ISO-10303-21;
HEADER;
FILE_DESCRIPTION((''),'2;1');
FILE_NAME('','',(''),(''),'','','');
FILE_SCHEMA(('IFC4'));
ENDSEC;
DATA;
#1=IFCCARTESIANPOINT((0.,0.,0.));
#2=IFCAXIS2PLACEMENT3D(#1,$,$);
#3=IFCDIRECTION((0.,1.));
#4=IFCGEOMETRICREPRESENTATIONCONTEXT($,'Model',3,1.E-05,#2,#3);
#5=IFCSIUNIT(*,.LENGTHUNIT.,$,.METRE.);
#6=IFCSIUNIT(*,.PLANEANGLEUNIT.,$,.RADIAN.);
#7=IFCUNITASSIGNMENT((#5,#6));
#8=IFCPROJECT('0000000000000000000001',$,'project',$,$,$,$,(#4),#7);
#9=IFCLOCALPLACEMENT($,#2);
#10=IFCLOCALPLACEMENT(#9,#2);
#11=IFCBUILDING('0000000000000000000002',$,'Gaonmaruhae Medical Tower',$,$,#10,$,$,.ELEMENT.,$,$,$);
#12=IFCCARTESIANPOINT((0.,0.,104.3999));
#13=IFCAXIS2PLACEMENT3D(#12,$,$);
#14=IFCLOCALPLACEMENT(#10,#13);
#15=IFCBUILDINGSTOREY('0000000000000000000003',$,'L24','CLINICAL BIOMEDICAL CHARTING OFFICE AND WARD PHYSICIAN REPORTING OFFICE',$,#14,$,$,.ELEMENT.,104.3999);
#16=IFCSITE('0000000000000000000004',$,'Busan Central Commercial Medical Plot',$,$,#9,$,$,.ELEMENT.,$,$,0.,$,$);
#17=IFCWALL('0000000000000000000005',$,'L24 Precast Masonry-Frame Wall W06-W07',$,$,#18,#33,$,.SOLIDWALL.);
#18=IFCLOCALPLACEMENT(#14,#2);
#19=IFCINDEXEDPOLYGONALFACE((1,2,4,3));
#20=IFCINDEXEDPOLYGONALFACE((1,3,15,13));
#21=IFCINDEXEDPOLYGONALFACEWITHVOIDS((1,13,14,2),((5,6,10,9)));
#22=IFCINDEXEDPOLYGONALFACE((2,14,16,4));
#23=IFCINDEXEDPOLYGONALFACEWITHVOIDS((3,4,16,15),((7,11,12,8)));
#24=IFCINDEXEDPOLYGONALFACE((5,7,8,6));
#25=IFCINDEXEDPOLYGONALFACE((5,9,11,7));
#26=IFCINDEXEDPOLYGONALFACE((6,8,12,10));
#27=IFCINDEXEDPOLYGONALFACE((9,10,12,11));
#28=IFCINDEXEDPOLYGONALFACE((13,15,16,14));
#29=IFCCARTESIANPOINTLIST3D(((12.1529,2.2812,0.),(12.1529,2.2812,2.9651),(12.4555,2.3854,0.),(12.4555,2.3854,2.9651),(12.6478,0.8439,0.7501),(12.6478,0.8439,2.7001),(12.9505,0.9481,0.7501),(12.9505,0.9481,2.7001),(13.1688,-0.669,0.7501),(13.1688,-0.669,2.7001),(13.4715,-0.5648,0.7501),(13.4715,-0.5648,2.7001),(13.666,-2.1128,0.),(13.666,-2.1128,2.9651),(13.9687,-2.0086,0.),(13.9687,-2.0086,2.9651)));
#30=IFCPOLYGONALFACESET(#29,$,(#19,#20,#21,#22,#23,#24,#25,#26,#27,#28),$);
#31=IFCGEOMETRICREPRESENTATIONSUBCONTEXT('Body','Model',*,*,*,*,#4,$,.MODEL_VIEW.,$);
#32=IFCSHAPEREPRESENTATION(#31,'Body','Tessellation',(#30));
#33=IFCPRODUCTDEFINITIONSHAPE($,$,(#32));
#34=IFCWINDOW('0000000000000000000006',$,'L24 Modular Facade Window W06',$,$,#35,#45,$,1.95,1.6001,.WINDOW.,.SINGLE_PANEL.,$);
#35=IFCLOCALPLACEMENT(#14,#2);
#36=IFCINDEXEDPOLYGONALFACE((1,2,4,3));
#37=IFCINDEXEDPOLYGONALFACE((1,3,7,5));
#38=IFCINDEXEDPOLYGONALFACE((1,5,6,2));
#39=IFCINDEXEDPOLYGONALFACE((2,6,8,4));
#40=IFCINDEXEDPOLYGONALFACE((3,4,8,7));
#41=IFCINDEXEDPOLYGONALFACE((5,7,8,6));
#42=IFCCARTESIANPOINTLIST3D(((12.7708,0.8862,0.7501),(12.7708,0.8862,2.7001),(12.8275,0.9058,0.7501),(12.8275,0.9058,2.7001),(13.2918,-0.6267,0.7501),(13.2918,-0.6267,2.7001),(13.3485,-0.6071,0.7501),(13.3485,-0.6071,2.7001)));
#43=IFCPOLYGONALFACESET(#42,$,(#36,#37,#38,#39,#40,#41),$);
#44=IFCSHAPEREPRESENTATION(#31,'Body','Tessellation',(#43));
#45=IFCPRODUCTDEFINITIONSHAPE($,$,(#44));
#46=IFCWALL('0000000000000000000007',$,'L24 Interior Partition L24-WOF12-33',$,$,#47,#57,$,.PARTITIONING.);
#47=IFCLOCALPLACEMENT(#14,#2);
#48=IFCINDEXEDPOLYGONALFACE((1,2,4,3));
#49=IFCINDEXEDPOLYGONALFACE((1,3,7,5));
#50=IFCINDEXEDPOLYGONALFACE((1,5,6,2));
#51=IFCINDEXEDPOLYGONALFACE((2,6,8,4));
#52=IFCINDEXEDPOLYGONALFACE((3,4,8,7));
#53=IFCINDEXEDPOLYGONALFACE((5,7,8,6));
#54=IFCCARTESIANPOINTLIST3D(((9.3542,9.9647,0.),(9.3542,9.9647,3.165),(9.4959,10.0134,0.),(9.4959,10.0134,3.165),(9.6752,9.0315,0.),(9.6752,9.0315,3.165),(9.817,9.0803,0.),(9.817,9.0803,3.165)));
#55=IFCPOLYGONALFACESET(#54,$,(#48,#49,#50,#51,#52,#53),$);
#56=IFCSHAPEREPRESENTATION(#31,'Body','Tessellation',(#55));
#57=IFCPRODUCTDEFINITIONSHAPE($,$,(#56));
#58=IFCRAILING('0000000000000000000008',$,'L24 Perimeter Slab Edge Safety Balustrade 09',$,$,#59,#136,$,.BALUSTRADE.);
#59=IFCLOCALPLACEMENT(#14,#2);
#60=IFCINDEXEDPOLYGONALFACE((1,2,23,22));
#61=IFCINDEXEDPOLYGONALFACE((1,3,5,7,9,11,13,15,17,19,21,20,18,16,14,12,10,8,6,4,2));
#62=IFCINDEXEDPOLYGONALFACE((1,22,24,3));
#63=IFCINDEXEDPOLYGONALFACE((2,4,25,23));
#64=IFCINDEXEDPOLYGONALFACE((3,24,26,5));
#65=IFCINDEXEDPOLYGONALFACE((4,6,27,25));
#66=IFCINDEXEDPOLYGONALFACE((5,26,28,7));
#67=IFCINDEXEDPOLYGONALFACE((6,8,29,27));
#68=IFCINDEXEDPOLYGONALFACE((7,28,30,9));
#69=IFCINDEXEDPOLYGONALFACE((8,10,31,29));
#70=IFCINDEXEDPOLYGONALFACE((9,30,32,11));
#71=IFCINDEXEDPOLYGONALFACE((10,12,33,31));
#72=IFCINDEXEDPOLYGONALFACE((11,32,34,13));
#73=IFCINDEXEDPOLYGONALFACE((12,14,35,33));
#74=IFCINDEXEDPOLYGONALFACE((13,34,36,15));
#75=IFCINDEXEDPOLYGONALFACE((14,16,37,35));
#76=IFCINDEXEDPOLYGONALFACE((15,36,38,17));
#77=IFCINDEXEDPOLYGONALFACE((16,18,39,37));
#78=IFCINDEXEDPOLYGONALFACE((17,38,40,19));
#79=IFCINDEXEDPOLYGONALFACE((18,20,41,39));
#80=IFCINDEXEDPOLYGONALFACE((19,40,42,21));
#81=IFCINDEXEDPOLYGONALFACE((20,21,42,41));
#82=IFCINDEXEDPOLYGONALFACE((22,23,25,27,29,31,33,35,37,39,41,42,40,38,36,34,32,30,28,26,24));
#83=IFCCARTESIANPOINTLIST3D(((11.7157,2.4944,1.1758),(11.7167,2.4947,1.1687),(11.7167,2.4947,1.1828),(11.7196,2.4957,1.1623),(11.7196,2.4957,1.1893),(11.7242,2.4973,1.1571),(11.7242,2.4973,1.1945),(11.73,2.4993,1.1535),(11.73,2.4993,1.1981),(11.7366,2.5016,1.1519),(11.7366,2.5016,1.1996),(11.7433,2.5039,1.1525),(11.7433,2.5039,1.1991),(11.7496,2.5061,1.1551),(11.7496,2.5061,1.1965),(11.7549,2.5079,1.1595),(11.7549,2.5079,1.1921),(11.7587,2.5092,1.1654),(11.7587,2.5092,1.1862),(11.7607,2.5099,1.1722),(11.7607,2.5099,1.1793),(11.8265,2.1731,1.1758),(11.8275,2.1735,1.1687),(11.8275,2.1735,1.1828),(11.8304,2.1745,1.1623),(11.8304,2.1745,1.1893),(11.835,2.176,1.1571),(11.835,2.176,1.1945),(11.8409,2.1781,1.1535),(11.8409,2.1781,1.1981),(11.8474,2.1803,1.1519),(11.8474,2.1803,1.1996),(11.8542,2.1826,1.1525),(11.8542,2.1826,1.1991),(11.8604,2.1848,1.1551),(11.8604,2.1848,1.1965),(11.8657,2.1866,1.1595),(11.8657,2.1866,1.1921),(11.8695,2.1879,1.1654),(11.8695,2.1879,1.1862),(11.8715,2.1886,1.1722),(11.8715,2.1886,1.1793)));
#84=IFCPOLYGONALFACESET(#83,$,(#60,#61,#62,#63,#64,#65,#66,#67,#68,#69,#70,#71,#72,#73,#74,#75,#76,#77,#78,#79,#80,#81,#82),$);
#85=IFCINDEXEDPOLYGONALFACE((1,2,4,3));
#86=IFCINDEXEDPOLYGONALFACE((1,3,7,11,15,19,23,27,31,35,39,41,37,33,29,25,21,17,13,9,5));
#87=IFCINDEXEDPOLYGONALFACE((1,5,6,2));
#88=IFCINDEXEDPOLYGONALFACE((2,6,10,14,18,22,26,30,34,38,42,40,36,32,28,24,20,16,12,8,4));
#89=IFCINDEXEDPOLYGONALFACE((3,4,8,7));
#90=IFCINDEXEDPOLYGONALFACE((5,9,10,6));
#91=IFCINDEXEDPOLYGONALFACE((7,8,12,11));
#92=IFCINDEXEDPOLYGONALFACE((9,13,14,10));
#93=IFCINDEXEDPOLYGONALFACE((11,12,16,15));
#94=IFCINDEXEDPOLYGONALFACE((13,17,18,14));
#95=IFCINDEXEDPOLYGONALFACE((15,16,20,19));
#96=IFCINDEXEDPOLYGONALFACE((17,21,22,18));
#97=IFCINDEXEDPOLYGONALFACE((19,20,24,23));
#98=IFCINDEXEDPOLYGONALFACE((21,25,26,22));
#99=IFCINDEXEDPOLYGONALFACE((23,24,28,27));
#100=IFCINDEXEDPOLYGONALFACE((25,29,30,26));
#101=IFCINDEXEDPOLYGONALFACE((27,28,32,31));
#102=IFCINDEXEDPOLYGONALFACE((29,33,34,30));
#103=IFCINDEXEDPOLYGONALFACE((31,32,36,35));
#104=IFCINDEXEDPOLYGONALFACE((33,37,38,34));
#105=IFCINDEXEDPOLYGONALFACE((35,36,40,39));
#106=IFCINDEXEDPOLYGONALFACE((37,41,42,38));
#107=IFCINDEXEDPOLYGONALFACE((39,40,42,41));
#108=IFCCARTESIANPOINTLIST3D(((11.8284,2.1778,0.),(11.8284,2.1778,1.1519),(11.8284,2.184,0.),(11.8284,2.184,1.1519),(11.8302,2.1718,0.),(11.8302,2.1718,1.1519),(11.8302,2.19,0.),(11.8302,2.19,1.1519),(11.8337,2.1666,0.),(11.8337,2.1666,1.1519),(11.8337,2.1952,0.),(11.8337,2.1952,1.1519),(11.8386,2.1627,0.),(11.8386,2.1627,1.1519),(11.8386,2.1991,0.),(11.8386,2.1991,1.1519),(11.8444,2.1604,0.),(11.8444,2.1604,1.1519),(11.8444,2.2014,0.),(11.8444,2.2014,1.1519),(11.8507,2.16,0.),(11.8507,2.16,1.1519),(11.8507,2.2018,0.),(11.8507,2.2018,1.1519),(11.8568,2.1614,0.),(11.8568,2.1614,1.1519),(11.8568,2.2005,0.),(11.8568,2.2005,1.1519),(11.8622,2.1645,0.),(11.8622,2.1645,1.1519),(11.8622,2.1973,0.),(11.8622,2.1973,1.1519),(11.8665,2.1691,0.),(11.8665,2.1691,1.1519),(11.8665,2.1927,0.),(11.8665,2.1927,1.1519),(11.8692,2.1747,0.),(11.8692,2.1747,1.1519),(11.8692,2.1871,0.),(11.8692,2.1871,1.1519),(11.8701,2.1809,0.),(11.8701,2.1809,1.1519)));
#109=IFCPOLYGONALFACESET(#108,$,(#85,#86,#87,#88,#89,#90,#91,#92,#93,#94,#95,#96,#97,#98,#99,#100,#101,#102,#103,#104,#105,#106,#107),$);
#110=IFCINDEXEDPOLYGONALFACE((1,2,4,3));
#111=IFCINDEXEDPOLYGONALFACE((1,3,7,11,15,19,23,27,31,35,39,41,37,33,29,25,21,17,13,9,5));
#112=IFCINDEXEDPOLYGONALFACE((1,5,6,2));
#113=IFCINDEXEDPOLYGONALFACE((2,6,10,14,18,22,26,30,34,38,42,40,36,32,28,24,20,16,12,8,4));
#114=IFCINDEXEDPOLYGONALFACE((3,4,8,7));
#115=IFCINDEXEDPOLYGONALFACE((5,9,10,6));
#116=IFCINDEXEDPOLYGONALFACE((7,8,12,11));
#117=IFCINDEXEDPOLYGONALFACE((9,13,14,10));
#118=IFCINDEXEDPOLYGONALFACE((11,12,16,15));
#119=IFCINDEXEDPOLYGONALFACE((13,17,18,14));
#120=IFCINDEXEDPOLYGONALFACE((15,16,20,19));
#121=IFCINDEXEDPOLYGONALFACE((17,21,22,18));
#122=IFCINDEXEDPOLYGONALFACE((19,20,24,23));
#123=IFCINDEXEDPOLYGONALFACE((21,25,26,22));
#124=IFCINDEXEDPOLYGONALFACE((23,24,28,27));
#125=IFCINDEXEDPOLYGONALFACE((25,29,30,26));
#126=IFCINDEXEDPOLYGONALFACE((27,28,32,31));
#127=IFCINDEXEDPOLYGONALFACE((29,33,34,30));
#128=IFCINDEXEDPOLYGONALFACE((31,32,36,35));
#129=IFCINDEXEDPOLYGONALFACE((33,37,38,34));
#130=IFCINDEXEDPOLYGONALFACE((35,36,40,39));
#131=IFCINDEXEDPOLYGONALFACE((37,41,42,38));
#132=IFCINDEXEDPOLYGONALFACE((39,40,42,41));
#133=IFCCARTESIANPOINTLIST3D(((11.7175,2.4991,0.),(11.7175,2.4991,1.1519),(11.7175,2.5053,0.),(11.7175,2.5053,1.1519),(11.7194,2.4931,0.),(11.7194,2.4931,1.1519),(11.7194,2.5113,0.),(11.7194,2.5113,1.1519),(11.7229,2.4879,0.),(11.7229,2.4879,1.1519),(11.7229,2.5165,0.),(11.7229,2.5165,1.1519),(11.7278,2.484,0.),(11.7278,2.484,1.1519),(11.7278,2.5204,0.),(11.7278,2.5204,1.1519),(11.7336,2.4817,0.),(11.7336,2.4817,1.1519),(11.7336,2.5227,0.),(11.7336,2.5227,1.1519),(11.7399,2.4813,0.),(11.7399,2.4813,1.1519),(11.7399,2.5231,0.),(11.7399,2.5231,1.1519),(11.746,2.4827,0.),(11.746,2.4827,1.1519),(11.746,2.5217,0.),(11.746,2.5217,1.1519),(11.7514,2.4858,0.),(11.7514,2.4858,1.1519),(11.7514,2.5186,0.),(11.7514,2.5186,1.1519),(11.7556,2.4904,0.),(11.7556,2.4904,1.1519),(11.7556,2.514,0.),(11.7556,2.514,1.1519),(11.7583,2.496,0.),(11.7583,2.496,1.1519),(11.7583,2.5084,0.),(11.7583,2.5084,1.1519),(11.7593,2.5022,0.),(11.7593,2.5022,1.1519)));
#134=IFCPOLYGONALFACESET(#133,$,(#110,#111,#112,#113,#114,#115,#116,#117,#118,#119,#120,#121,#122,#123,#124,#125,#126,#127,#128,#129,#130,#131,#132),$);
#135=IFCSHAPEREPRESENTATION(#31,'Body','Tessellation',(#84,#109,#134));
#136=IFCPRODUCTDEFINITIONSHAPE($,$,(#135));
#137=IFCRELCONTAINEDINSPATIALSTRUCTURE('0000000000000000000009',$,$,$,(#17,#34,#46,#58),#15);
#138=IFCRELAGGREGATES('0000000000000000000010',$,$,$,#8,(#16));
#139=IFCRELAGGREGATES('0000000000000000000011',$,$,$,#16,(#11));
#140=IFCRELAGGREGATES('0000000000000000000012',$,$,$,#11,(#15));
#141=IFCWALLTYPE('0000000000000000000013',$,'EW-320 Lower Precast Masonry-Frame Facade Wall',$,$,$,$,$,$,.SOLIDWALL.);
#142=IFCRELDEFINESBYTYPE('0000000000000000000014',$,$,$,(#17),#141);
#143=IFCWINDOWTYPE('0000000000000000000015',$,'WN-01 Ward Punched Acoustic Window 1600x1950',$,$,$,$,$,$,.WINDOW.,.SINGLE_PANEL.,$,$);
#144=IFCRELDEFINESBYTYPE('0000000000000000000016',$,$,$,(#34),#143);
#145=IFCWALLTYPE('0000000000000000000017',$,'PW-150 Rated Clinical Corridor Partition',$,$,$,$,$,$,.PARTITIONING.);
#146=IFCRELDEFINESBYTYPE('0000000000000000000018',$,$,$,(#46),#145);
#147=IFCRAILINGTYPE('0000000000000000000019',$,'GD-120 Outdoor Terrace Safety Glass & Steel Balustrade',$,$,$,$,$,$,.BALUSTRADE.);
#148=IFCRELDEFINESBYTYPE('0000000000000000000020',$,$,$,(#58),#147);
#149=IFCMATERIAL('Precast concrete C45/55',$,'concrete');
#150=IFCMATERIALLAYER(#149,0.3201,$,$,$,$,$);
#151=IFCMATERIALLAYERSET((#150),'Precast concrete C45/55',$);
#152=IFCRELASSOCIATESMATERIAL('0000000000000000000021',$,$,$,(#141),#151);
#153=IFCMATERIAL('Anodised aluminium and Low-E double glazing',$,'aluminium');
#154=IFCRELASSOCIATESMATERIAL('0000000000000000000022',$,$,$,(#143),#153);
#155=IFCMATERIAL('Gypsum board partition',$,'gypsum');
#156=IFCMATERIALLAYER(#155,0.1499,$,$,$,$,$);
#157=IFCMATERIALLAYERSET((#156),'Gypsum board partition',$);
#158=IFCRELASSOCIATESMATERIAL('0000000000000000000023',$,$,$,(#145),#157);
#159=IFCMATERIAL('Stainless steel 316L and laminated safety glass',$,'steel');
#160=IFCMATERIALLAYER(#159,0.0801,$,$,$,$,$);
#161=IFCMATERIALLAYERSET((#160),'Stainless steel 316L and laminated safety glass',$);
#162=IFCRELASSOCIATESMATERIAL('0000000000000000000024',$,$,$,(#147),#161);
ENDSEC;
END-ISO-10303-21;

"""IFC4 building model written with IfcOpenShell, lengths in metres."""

from ifc_helpers import new_model, si_unit, direction, frame, frame_2d, origin, origin_2d, place, context, subcontext, project, spatial, rectangle, circle, extrude, material, layer, layer_set, type_object, element, fill, save


model = new_model("IFC4")

# Units and contexts
model_context = context("Model", 3, precision=1e-05, world=origin(), true_north=direction((0.0, 1.0)))
body_context = subcontext(model_context, "Body", "Model", "MODEL_VIEW")
ifc_project = project(units=[si_unit("LENGTHUNIT", "METRE"), si_unit("PLANEANGLEUNIT", "RADIAN")], contexts=[model_context])

# Site, building, storey
site_placement = place(None, origin())
site = spatial("IfcSite", under=ifc_project, at=site_placement, Name="Busan Central Commercial Medical Plot", CompositionType="ELEMENT", RefElevation=0.0)
building_placement = place(site_placement, origin())
building = spatial("IfcBuilding", under=site, at=building_placement, Name="Gaonmaruhae Medical Tower", CompositionType="ELEMENT")
storey_placement = place(building_placement, frame((0.0, 0.0, 104.3999)))
storey = spatial("IfcBuildingStorey", under=building, at=storey_placement, Name="L24", Description="CLINICAL BIOMEDICAL CHARTING OFFICE AND WARD PHYSICIAN REPORTING OFFICE", CompositionType="ELEMENT", Elevation=104.3999)

# Wall, opening, window
ifc_material_1 = material(Name="Precast concrete C45/55", Category="concrete")
ifc_layer_1 = layer(ifc_material_1, 0.3201)
ifc_layer_set_1 = layer_set([ifc_layer_1], Name="Precast concrete C45/55")
wall_type_1 = type_object("IfcWallType", Name="EW-320 Lower Precast Masonry-Frame Facade Wall", PredefinedType="SOLIDWALL", material=ifc_layer_set_1)
ifc_material_2 = material(Name="Anodised aluminium and Low-E double glazing", Category="aluminium")
wall_1_placement = place(storey_placement, frame((13.8174, -2.0608, 0.0), z_axis=(0.0, 0.0, 1.0), x_axis=(-0.325605, 0.945506, 0.0)))
wall_1 = element("IfcWall", 1, at=wall_1_placement, inside=storey, type_object=wall_type_1, Name="L24 Precast Masonry-Frame Wall W06-W07", PredefinedType="SOLIDWALL", context=body_context, shape_type="SweptSolid", body=[
    extrude(rectangle(XDim=4.6472, YDim=0.3201, at=frame_2d((2.3237, 0.0))), origin(), (0.0, 0.0, 1.0), 2.9651),
])
opening_1_placement = place(wall_1_placement, frame((1.5271, 0.0, 0.75)))
opening_1 = element("IfcOpeningElement", 2, at=opening_1_placement, cuts=wall_1, PredefinedType="OPENING", context=body_context, shape_type="SweptSolid", body=[
    extrude(rectangle(XDim=1.6001, YDim=1.95, at=frame_2d((0.8, 0.9751))), frame((0.0, 0.1699, 0.0), z_axis=(0.0, -1.0, 0.0), x_axis=(1.0, 0.0, 0.0)), (0.0, 0.0, 1.0), 0.3401),
])
window_type_1 = type_object("IfcWindowType", Name="WN-01 Ward Punched Acoustic Window 1600x1950", PartitioningType="SINGLE_PANEL", PredefinedType="WINDOW", material=ifc_material_2)
window_1_placement = place(opening_1_placement, origin())
window_1 = element("IfcWindow", 3, at=window_1_placement, inside=storey, type_object=window_type_1, Name="L24 Modular Facade Window W06", OverallHeight=1.95, OverallWidth=1.6001, PartitioningType="SINGLE_PANEL", PredefinedType="WINDOW", context=body_context, shape_type="SweptSolid", body=[
    extrude(rectangle(XDim=1.6001, YDim=1.95, at=frame_2d((0.8, 0.9751))), frame((0.0, 0.03, 0.0), z_axis=(0.0, -1.0, 0.0), x_axis=(1.0, 0.0, 0.0)), (0.0, 0.0, 1.0), 0.0601),
])
fill(opening_1, window_1)

# Wall
ifc_material_3 = material(Name="Gypsum board partition", Category="gypsum")
ifc_layer_2 = layer(ifc_material_3, 0.1499)
ifc_layer_set_2 = layer_set([ifc_layer_2], Name="Gypsum board partition")
wall_type_2 = type_object("IfcWallType", Name="PW-150 Rated Clinical Corridor Partition", PredefinedType="PARTITIONING", material=ifc_layer_set_2)
wall_2_placement = place(storey_placement, frame((9.7461, 9.0559, 0.0), z_axis=(0.0, 0.0, 1.0), x_axis=(-0.325343, 0.945596, 0.0)))
element("IfcWall", 4, at=wall_2_placement, inside=storey, type_object=wall_type_2, Name="L24 Interior Partition L24-WOF12-33", PredefinedType="PARTITIONING", context=body_context, shape_type="SweptSolid", body=[
    extrude(rectangle(XDim=0.9868, YDim=0.1499, at=frame_2d((0.4934, 0.0))), origin(), (0.0, 0.0, 1.0), 3.165),
])

# Railing
ifc_material_4 = material(Name="Stainless steel 316L and laminated safety glass", Category="steel")
ifc_layer_3 = layer(ifc_material_4, 0.0801)
ifc_layer_set_3 = layer_set([ifc_layer_3], Name="Stainless steel 316L and laminated safety glass")
railing_type = type_object("IfcRailingType", Name="GD-120 Outdoor Terrace Safety Glass & Steel Balustrade", PredefinedType="BALUSTRADE", material=ifc_layer_set_3)
railing_1_placement = place(storey_placement, frame((11.8491, 2.1809, 0.0)))
element("IfcRailing", 5, at=railing_1_placement, inside=storey, type_object=railing_type, Name="L24 Perimeter Slab Edge Safety Balustrade 09", PredefinedType="BALUSTRADE", context=body_context, shape_type="SweptSolid", body=[
    extrude(circle(Radius=0.0239, at=origin_2d()), frame((0.0, 0.0, 1.1758), z_axis=(-0.326124, 0.945327, 0.0), x_axis=(-0.945327, -0.326124, 0.0)), (0.0, 0.0, 1.0), 0.3398),
    extrude(circle(Radius=0.021, at=origin_2d()), origin(), (0.0, 0.0, 1.0), 1.1519),
    extrude(circle(Radius=0.021, at=origin_2d()), frame((-0.1108, 0.3213, 0.0)), (0.0, 0.0, 1.0), 1.1519),
])

save(model, "model.ifc")
